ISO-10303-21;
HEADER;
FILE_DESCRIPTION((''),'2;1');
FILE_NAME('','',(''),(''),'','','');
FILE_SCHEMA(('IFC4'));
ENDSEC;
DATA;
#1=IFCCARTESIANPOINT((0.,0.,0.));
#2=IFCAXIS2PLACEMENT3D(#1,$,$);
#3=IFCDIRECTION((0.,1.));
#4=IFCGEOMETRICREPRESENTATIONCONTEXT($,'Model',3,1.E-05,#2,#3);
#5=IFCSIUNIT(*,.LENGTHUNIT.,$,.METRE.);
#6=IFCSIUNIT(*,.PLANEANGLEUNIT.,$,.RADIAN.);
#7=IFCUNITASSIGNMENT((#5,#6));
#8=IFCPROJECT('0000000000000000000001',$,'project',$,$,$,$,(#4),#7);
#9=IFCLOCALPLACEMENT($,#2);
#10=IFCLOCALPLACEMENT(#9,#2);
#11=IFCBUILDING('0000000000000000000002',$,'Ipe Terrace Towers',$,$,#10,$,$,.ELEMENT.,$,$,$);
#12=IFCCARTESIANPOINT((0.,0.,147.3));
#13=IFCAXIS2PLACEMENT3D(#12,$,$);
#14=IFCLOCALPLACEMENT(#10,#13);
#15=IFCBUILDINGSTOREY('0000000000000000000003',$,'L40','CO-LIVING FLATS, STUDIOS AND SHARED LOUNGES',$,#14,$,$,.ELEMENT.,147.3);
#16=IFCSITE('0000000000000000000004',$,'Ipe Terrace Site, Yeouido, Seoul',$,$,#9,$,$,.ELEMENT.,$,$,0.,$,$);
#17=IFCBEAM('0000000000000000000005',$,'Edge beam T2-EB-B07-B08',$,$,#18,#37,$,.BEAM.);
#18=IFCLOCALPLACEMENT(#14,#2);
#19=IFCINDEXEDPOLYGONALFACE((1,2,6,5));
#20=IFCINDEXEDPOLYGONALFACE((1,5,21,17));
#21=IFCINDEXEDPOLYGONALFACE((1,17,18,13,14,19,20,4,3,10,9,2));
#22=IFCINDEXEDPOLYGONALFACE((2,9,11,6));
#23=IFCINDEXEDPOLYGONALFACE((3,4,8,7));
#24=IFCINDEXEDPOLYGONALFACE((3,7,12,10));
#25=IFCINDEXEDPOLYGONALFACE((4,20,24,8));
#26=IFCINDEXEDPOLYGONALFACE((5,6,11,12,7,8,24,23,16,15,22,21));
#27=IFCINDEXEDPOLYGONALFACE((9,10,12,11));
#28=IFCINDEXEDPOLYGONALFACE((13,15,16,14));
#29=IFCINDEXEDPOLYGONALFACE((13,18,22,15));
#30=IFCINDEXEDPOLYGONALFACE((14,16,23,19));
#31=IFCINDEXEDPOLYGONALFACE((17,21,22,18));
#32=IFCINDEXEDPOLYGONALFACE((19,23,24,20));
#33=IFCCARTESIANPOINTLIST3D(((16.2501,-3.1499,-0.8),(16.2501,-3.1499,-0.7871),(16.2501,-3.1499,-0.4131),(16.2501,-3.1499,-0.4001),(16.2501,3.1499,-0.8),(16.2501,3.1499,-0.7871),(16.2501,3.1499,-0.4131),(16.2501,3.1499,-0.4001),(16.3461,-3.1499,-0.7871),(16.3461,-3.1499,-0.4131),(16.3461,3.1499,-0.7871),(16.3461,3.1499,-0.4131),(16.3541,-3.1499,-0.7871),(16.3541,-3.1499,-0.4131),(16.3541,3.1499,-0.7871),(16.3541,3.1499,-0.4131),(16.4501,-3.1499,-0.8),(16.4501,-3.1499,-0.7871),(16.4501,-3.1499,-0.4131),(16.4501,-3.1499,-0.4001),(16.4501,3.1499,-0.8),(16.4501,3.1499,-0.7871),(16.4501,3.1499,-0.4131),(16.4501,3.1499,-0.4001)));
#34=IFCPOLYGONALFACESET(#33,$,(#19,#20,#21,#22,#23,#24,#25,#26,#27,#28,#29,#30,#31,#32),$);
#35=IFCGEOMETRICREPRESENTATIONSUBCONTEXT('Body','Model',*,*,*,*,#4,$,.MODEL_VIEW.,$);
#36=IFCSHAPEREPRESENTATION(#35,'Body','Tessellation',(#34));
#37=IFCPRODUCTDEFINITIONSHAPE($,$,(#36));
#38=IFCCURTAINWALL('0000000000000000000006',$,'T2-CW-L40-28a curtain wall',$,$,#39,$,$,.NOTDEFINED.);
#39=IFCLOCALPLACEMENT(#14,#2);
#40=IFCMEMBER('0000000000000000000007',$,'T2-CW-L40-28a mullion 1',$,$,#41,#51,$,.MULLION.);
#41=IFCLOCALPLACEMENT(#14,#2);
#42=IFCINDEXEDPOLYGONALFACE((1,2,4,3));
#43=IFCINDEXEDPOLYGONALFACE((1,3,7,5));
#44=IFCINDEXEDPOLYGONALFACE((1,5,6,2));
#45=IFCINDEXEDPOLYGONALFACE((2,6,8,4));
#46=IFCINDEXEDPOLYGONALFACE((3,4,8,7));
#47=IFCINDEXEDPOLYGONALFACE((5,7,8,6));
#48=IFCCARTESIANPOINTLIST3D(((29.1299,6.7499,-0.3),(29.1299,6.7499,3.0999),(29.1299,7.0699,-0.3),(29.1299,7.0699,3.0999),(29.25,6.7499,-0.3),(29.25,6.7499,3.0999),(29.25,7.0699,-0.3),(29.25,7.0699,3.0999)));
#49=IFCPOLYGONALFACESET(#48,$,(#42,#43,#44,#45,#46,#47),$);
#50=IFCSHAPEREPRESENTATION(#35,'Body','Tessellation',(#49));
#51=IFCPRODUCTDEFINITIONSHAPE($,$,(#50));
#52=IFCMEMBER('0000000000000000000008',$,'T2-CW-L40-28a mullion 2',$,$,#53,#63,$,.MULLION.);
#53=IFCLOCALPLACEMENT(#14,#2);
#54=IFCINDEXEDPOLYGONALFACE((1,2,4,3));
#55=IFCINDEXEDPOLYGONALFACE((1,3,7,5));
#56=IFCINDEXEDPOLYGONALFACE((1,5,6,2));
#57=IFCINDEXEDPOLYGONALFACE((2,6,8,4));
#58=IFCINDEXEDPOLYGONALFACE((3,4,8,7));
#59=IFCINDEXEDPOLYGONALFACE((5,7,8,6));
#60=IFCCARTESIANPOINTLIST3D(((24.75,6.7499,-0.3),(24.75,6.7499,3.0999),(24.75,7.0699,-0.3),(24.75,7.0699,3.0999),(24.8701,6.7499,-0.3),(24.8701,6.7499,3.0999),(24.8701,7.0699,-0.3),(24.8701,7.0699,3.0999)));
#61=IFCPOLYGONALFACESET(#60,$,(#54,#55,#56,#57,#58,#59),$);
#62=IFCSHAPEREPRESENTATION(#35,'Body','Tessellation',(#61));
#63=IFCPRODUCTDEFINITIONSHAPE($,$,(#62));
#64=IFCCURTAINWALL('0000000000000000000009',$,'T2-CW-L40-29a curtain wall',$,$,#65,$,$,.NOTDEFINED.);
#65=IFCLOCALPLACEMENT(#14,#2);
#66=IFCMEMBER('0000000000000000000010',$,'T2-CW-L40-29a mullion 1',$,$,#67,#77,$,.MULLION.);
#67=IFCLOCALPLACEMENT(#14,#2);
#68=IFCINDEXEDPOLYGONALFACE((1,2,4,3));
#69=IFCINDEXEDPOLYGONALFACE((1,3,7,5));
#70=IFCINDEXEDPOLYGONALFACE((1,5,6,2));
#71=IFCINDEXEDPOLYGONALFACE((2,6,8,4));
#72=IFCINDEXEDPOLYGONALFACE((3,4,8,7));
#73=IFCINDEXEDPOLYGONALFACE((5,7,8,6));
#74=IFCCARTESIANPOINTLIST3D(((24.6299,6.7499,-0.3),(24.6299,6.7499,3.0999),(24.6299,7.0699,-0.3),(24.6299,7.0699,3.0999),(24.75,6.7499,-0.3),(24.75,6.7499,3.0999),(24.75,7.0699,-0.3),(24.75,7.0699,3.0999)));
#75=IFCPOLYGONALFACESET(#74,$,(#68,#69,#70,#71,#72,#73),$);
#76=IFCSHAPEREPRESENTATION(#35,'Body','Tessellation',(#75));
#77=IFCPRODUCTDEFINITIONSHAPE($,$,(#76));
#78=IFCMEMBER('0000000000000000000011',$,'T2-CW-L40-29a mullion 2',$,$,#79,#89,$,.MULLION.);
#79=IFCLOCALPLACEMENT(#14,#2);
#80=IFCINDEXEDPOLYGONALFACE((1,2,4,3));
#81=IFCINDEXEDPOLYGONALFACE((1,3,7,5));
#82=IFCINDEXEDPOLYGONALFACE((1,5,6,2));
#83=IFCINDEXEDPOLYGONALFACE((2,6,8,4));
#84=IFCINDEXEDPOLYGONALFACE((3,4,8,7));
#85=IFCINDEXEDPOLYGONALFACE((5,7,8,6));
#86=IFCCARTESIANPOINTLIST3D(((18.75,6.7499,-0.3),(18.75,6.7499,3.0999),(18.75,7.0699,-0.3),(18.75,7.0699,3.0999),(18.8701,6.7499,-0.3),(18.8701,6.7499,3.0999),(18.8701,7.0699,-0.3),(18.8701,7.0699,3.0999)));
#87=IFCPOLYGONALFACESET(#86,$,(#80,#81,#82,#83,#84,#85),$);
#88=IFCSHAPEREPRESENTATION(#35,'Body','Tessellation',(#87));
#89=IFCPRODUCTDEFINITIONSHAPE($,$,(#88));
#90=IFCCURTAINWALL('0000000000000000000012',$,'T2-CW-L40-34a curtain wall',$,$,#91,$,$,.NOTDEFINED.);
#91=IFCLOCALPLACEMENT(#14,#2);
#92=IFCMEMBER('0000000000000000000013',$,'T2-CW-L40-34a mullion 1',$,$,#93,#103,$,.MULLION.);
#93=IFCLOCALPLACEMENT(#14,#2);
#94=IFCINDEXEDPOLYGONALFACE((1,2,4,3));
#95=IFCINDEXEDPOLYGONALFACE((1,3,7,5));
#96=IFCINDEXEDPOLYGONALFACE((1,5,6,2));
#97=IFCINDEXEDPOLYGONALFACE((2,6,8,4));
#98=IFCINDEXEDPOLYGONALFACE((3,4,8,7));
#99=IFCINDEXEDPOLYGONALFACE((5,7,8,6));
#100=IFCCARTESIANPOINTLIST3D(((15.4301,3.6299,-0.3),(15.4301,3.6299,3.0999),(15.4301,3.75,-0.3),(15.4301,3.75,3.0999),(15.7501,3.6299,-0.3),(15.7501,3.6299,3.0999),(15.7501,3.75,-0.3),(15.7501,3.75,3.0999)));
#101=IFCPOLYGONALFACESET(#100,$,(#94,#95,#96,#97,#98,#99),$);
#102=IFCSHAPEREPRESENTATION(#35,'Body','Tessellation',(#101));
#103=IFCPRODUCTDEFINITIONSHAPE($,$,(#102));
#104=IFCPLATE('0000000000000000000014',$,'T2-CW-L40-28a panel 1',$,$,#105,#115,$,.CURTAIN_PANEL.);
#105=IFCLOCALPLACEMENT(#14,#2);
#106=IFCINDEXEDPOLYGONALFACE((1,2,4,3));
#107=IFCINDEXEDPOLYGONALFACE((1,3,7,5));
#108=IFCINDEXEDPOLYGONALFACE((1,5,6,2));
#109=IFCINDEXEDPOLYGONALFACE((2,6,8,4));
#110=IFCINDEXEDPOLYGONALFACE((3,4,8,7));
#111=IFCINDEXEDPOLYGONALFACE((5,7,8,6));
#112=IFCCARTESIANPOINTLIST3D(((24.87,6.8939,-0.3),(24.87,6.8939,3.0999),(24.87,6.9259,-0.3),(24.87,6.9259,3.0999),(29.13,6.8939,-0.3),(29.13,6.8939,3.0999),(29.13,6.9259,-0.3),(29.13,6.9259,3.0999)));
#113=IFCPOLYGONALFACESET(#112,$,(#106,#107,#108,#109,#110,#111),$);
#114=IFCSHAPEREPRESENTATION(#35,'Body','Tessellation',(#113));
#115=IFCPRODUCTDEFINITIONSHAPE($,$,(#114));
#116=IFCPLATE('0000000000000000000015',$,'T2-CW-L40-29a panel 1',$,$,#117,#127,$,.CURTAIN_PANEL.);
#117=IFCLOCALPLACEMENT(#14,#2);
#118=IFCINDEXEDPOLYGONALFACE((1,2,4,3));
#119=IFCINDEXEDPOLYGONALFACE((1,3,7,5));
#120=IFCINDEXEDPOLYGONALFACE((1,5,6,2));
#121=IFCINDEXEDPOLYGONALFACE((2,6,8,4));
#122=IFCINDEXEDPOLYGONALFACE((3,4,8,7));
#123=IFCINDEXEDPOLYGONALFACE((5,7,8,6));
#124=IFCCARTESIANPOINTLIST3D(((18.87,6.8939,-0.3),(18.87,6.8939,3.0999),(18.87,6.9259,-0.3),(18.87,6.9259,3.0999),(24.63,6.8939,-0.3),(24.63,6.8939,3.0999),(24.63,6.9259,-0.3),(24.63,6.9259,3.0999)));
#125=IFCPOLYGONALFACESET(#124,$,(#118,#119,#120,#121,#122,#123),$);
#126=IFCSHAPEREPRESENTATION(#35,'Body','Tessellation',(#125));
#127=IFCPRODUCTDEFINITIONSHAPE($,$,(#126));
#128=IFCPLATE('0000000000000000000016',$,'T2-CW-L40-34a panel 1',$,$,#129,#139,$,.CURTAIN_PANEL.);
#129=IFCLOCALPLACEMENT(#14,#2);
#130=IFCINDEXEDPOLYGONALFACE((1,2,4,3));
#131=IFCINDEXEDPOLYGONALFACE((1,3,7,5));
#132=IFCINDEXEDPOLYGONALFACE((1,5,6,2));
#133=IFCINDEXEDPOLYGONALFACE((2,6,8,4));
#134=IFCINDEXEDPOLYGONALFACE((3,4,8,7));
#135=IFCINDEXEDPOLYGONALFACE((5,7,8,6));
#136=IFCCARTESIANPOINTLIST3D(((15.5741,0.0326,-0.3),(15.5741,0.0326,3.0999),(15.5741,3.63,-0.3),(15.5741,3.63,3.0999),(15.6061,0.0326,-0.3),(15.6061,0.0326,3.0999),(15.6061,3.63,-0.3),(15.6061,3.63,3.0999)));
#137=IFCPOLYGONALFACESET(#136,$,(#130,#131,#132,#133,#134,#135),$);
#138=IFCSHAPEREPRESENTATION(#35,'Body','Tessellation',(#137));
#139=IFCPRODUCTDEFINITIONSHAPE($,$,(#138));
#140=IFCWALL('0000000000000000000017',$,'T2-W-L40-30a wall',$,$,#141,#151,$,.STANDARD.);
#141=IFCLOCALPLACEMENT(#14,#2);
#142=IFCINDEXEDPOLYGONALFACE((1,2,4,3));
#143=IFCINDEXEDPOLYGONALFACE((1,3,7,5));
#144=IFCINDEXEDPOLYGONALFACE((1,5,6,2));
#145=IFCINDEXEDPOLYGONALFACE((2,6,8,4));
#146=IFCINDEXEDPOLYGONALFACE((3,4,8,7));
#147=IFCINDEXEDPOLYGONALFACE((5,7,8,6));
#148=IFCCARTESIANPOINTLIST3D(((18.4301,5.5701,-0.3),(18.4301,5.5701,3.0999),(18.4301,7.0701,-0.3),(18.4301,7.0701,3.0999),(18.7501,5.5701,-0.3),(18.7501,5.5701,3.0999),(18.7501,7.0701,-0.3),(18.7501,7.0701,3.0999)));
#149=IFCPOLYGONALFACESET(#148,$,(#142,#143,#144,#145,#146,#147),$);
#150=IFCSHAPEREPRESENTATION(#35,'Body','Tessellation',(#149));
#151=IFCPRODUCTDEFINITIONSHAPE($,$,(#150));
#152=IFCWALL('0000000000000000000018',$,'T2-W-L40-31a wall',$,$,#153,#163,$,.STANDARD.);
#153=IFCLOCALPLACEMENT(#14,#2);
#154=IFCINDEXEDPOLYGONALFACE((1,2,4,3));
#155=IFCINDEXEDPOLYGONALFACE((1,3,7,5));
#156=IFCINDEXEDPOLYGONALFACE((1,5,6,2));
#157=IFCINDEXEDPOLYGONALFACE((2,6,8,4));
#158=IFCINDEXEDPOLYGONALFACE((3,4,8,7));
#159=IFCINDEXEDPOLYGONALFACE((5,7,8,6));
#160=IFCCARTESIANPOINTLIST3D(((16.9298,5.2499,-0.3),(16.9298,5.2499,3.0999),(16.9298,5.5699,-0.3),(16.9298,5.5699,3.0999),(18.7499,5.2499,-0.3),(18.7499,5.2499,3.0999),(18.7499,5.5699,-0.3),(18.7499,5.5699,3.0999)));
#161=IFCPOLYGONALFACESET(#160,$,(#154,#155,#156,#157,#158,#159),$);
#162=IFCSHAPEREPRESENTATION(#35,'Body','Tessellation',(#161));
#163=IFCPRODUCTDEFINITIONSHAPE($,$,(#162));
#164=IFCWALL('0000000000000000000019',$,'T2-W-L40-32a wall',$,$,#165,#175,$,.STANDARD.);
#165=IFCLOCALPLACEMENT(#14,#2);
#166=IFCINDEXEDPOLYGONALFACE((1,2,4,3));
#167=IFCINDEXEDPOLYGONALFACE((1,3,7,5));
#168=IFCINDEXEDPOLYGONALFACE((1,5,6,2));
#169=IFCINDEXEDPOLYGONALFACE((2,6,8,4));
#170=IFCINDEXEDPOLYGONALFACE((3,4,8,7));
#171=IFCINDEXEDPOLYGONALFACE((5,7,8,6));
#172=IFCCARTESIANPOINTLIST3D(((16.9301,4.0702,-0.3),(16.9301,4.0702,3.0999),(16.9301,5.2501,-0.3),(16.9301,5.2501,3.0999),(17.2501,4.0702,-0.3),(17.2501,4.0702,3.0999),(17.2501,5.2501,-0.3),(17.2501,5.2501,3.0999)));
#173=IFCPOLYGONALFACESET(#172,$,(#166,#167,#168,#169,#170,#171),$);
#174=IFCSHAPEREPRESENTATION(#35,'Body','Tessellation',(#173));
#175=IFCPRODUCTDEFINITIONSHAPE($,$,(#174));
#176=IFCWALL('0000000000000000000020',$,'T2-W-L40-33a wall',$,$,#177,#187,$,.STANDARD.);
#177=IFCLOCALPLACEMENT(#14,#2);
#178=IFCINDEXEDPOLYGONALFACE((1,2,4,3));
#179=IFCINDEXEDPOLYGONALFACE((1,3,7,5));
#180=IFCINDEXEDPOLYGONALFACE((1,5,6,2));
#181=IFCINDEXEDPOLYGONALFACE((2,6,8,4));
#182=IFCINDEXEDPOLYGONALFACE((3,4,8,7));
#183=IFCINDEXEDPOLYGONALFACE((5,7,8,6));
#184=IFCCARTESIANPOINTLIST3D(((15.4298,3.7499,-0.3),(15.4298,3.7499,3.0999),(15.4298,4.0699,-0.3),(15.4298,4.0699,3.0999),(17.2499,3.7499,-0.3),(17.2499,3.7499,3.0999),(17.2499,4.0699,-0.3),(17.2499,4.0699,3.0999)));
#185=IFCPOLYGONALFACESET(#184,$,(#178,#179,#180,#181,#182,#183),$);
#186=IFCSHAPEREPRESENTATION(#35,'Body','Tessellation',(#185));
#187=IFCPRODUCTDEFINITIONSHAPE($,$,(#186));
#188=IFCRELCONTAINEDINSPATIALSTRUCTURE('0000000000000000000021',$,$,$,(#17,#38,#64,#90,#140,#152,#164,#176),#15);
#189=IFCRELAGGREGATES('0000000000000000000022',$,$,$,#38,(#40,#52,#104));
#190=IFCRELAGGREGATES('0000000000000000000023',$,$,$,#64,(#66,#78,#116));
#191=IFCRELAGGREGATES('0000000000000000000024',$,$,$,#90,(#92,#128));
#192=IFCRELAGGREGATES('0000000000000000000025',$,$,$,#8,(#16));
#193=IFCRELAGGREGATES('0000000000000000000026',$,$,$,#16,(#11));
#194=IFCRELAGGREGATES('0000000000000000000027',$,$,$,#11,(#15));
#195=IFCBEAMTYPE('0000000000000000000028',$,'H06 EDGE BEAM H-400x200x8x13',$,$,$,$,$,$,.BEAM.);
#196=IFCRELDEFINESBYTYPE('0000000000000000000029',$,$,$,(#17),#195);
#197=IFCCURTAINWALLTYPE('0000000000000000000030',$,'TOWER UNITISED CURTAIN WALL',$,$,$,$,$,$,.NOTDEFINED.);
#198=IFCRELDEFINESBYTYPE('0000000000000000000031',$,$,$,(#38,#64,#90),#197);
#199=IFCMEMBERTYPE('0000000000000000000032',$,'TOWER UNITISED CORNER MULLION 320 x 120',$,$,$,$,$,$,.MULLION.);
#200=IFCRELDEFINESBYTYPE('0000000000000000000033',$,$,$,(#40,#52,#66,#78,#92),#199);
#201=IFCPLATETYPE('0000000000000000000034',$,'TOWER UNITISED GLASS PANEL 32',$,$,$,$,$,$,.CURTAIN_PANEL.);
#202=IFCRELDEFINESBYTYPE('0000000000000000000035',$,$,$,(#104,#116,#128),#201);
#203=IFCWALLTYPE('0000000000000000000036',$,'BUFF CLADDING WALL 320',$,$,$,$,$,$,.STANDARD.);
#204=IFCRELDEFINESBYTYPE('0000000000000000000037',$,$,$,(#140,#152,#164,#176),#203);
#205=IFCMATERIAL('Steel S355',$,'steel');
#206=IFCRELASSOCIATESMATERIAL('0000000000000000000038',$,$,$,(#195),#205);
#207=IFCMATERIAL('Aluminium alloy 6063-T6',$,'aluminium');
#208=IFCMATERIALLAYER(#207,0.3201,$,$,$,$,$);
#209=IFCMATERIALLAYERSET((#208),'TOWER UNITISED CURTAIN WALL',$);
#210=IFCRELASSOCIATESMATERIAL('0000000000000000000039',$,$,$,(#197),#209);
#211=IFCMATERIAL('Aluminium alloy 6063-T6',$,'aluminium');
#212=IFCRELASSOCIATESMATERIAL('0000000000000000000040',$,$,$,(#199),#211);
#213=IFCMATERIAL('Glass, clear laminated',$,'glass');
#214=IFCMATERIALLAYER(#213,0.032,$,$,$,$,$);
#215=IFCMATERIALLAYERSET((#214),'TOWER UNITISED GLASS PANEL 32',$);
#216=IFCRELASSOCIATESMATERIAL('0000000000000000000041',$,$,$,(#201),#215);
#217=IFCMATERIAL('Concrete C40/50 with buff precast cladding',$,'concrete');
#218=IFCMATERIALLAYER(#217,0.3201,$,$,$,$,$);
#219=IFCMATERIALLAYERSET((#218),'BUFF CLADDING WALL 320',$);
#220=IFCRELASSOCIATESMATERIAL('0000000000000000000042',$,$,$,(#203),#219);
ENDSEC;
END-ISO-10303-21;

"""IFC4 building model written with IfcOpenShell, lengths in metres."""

from ifc_helpers import new_model, si_unit, direction, frame, frame_2d, origin, origin_2d, place, context, subcontext, project, spatial, rectangle, i_section, extrude, material, layer, layer_set, material_profile, profile_set, type_object, element, aggregate, save


model = new_model("IFC4")

# Units and contexts
model_context = context("Model", 3, precision=1e-05, world=origin(), true_north=direction((0.0, 1.0)))
body_context = subcontext(model_context, "Body", "Model", "MODEL_VIEW")
ifc_project = project(units=[si_unit("LENGTHUNIT", "METRE"), si_unit("PLANEANGLEUNIT", "RADIAN")], contexts=[model_context])

# Site, building, storey
site_placement = place(None, origin())
site = spatial("IfcSite", under=ifc_project, at=site_placement, Name="Ipe Terrace Site, Yeouido, Seoul", CompositionType="ELEMENT", RefElevation=0.0)
building_placement = place(site_placement, origin())
building = spatial("IfcBuilding", under=site, at=building_placement, Name="Ipe Terrace Towers", CompositionType="ELEMENT")
storey_placement = place(building_placement, frame((0.0, 0.0, 147.3)))
storey = spatial("IfcBuildingStorey", under=building, at=storey_placement, Name="L40", Description="CO-LIVING FLATS, STUDIOS AND SHARED LOUNGES", CompositionType="ELEMENT", Elevation=147.3)

# Beam
ifc_material_1 = material(Name="Steel S355", Category="steel")
ifc_material_profile_1 = material_profile(ifc_material_1, i_section(OverallWidth=0.2, OverallDepth=0.3999, WebThickness=0.0081, FlangeThickness=0.0129, at=origin_2d()), Name="H-400x200x8x13")
ifc_profile_set_1 = profile_set([ifc_material_profile_1], Name="Steel S355")
beam_type_1 = type_object("IfcBeamType", Name="H06 EDGE BEAM H-400x200x8x13", PredefinedType="BEAM", material=ifc_profile_set_1)
beam_1_placement = place(storey_placement, frame((16.3501, 3.1499, -0.6001), z_axis=(0.0, -1.0, 0.0), x_axis=(1.0, 0.0, 0.0)))
element("IfcBeam", 1, at=beam_1_placement, inside=storey, type_object=beam_type_1, Name="Edge beam T2-EB-B07-B08", PredefinedType="BEAM", context=body_context, shape_type="SweptSolid", body=[
    extrude(i_section(OverallWidth=0.2, OverallDepth=0.3999, WebThickness=0.0081, FlangeThickness=0.0129, at=origin_2d()), origin(), (0.0, 0.0, 1.0), 6.2998),
])

# Curtain walls, members
ifc_material_2 = material(Name="Aluminium alloy 6063-T6", Category="aluminium")
ifc_layer_1 = layer(ifc_material_2, 0.3201)
ifc_layer_set_1 = layer_set([ifc_layer_1], Name="TOWER UNITISED CURTAIN WALL")
curtain_wall_type = type_object("IfcCurtainWallType", Name="TOWER UNITISED CURTAIN WALL", PredefinedType="NOTDEFINED", material=ifc_layer_set_1)
curtain_wall_1_placement = place(storey_placement, origin())
curtain_wall_1 = element("IfcCurtainWall", 2, at=curtain_wall_1_placement, inside=storey, type_object=curtain_wall_type, Name="T2-CW-L40-28a curtain wall", PredefinedType="NOTDEFINED")
ifc_material_3 = material(Name="Aluminium alloy 6063-T6", Category="aluminium")
ifc_material_profile_2 = material_profile(ifc_material_3, rectangle(XDim=0.3201, YDim=0.1201, at=origin_2d()), Name="TOWER UNITISED CORNER MULLION 320 x 120")
ifc_profile_set_2 = profile_set([ifc_material_profile_2], Name="Aluminium alloy 6063-T6")
member_type = type_object("IfcMemberType", Name="TOWER UNITISED CORNER MULLION 320 x 120", PredefinedType="MULLION", material=ifc_profile_set_2)
member_1_placement = place(storey_placement, frame((29.1899, 6.9099, -0.3), z_axis=(0.0, 0.0, 1.0), x_axis=(0.0, 1.0, 0.0)))
member_1 = element("IfcMember", 3, at=member_1_placement, type_object=member_type, Name="T2-CW-L40-28a mullion 1", PredefinedType="MULLION", context=body_context, shape_type="SweptSolid", body=[
    extrude(rectangle(XDim=0.3201, YDim=0.1201, at=origin_2d()), origin(), (0.0, 0.0, 1.0), 3.3999),
])
member_2_placement = place(storey_placement, frame((24.8101, 6.9099, -0.3), z_axis=(0.0, 0.0, 1.0), x_axis=(0.0, 1.0, 0.0)))
member_2 = element("IfcMember", 4, at=member_2_placement, type_object=member_type, Name="T2-CW-L40-28a mullion 2", PredefinedType="MULLION", context=body_context, shape_type="SweptSolid", body=[
    extrude(rectangle(XDim=0.3201, YDim=0.1201, at=origin_2d()), origin(), (0.0, 0.0, 1.0), 3.3999),
])
curtain_wall_2_placement = place(storey_placement, origin())
curtain_wall_2 = element("IfcCurtainWall", 5, at=curtain_wall_2_placement, inside=storey, type_object=curtain_wall_type, Name="T2-CW-L40-29a curtain wall", PredefinedType="NOTDEFINED")
member_3_placement = place(storey_placement, frame((24.6899, 6.9099, -0.3), z_axis=(0.0, 0.0, 1.0), x_axis=(0.0, 1.0, 0.0)))
member_3 = element("IfcMember", 6, at=member_3_placement, type_object=member_type, Name="T2-CW-L40-29a mullion 1", PredefinedType="MULLION", context=body_context, shape_type="SweptSolid", body=[
    extrude(rectangle(XDim=0.3201, YDim=0.1201, at=origin_2d()), origin(), (0.0, 0.0, 1.0), 3.3999),
])
member_4_placement = place(storey_placement, frame((18.8101, 6.9099, -0.3), z_axis=(0.0, 0.0, 1.0), x_axis=(0.0, 1.0, 0.0)))
member_4 = element("IfcMember", 7, at=member_4_placement, type_object=member_type, Name="T2-CW-L40-29a mullion 2", PredefinedType="MULLION", context=body_context, shape_type="SweptSolid", body=[
    extrude(rectangle(XDim=0.3201, YDim=0.1201, at=origin_2d()), origin(), (0.0, 0.0, 1.0), 3.3999),
])

# Curtain wall, member
curtain_wall_3_placement = place(storey_placement, origin())
curtain_wall_3 = element("IfcCurtainWall", 8, at=curtain_wall_3_placement, inside=storey, type_object=curtain_wall_type, Name="T2-CW-L40-34a curtain wall", PredefinedType="NOTDEFINED")
member_5_placement = place(storey_placement, frame((15.5901, 3.6899, -0.3), z_axis=(0.0, 0.0, 1.0), x_axis=(-1.0, 0.0, 0.0)))
member_5 = element("IfcMember", 9, at=member_5_placement, type_object=member_type, Name="T2-CW-L40-34a mullion 1", PredefinedType="MULLION", context=body_context, shape_type="SweptSolid", body=[
    extrude(rectangle(XDim=0.3201, YDim=0.1201, at=origin_2d()), origin(), (0.0, 0.0, 1.0), 3.3999),
])

# Plates
ifc_material_4 = material(Name="Glass, clear laminated", Category="glass")
ifc_layer_2 = layer(ifc_material_4, 0.032)
ifc_layer_set_2 = layer_set([ifc_layer_2], Name="TOWER UNITISED GLASS PANEL 32")
plate_type = type_object("IfcPlateType", Name="TOWER UNITISED GLASS PANEL 32", PredefinedType="CURTAIN_PANEL", material=ifc_layer_set_2)
plate_1_placement = place(storey_placement, frame((27.0, 6.9099, -0.3), z_axis=(0.0, 0.0, 1.0), x_axis=(-1.0, 0.0, 0.0)))
plate_1 = element("IfcPlate", 10, at=plate_1_placement, type_object=plate_type, Name="T2-CW-L40-28a panel 1", PredefinedType="CURTAIN_PANEL", context=body_context, shape_type="SweptSolid", body=[
    extrude(rectangle(XDim=4.26, YDim=0.032, at=origin_2d()), origin(), (0.0, 0.0, 1.0), 3.3999),
])
aggregate(curtain_wall_1, [member_1, member_2, plate_1])
plate_2_placement = place(storey_placement, frame((21.75, 6.9099, -0.3), z_axis=(0.0, 0.0, 1.0), x_axis=(-1.0, 0.0, 0.0)))
plate_2 = element("IfcPlate", 11, at=plate_2_placement, type_object=plate_type, Name="T2-CW-L40-29a panel 1", PredefinedType="CURTAIN_PANEL", context=body_context, shape_type="SweptSolid", body=[
    extrude(rectangle(XDim=5.76, YDim=0.032, at=origin_2d()), origin(), (0.0, 0.0, 1.0), 3.3999),
])
aggregate(curtain_wall_2, [member_3, member_4, plate_2])
plate_3_placement = place(storey_placement, frame((15.5901, 1.8313, -0.3), z_axis=(0.0, 0.0, 1.0), x_axis=(0.0, -1.0, 0.0)))
plate_3 = element("IfcPlate", 12, at=plate_3_placement, type_object=plate_type, Name="T2-CW-L40-34a panel 1", PredefinedType="CURTAIN_PANEL", context=body_context, shape_type="SweptSolid", body=[
    extrude(rectangle(XDim=3.5974, YDim=0.032, at=origin_2d()), origin(), (0.0, 0.0, 1.0), 3.3999),
])
aggregate(curtain_wall_3, [member_5, plate_3])

# Walls
ifc_material_5 = material(Name="Concrete C40/50 with buff precast cladding", Category="concrete")
ifc_layer_3 = layer(ifc_material_5, 0.3201)
ifc_layer_set_3 = layer_set([ifc_layer_3], Name="BUFF CLADDING WALL 320")
wall_type_1 = type_object("IfcWallType", Name="BUFF CLADDING WALL 320", PredefinedType="STANDARD", material=ifc_layer_set_3)
wall_1_placement = place(storey_placement, frame((18.5901, 7.0701, -0.3), z_axis=(0.0, 0.0, 1.0), x_axis=(0.0, -1.0, 0.0)))
element("IfcWall", 13, at=wall_1_placement, inside=storey, type_object=wall_type_1, Name="T2-W-L40-30a wall", PredefinedType="STANDARD", context=body_context, shape_type="SweptSolid", body=[
    extrude(rectangle(XDim=1.5, YDim=0.3201, at=frame_2d((0.75, 0.0))), origin(), (0.0, 0.0, 1.0), 3.3999),
])
wall_2_placement = place(storey_placement, frame((18.75, 5.4099, -0.3), z_axis=(0.0, 0.0, 1.0), x_axis=(-1.0, 0.0, 0.0)))
element("IfcWall", 14, at=wall_2_placement, inside=storey, type_object=wall_type_1, Name="T2-W-L40-31a wall", PredefinedType="STANDARD", context=body_context, shape_type="SweptSolid", body=[
    extrude(rectangle(XDim=1.8201, YDim=0.3201, at=frame_2d((0.9102, 0.0))), origin(), (0.0, 0.0, 1.0), 3.3999),
])
wall_3_placement = place(storey_placement, frame((17.0901, 5.25, -0.3), z_axis=(0.0, 0.0, 1.0), x_axis=(0.0, -1.0, 0.0)))
element("IfcWall", 15, at=wall_3_placement, inside=storey, type_object=wall_type_1, Name="T2-W-L40-32a wall", PredefinedType="STANDARD", context=body_context, shape_type="SweptSolid", body=[
    extrude(rectangle(XDim=1.1799, YDim=0.3201, at=frame_2d((0.5898, 0.0))), origin(), (0.0, 0.0, 1.0), 3.3999),
])
wall_4_placement = place(storey_placement, frame((17.25, 3.9099, -0.3), z_axis=(0.0, 0.0, 1.0), x_axis=(-1.0, 0.0, 0.0)))
element("IfcWall", 16, at=wall_4_placement, inside=storey, type_object=wall_type_1, Name="T2-W-L40-33a wall", PredefinedType="STANDARD", context=body_context, shape_type="SweptSolid", body=[
    extrude(rectangle(XDim=1.8201, YDim=0.3201, at=frame_2d((0.9102, 0.0))), origin(), (0.0, 0.0, 1.0), 3.3999),
])

save(model, "model.ifc")
